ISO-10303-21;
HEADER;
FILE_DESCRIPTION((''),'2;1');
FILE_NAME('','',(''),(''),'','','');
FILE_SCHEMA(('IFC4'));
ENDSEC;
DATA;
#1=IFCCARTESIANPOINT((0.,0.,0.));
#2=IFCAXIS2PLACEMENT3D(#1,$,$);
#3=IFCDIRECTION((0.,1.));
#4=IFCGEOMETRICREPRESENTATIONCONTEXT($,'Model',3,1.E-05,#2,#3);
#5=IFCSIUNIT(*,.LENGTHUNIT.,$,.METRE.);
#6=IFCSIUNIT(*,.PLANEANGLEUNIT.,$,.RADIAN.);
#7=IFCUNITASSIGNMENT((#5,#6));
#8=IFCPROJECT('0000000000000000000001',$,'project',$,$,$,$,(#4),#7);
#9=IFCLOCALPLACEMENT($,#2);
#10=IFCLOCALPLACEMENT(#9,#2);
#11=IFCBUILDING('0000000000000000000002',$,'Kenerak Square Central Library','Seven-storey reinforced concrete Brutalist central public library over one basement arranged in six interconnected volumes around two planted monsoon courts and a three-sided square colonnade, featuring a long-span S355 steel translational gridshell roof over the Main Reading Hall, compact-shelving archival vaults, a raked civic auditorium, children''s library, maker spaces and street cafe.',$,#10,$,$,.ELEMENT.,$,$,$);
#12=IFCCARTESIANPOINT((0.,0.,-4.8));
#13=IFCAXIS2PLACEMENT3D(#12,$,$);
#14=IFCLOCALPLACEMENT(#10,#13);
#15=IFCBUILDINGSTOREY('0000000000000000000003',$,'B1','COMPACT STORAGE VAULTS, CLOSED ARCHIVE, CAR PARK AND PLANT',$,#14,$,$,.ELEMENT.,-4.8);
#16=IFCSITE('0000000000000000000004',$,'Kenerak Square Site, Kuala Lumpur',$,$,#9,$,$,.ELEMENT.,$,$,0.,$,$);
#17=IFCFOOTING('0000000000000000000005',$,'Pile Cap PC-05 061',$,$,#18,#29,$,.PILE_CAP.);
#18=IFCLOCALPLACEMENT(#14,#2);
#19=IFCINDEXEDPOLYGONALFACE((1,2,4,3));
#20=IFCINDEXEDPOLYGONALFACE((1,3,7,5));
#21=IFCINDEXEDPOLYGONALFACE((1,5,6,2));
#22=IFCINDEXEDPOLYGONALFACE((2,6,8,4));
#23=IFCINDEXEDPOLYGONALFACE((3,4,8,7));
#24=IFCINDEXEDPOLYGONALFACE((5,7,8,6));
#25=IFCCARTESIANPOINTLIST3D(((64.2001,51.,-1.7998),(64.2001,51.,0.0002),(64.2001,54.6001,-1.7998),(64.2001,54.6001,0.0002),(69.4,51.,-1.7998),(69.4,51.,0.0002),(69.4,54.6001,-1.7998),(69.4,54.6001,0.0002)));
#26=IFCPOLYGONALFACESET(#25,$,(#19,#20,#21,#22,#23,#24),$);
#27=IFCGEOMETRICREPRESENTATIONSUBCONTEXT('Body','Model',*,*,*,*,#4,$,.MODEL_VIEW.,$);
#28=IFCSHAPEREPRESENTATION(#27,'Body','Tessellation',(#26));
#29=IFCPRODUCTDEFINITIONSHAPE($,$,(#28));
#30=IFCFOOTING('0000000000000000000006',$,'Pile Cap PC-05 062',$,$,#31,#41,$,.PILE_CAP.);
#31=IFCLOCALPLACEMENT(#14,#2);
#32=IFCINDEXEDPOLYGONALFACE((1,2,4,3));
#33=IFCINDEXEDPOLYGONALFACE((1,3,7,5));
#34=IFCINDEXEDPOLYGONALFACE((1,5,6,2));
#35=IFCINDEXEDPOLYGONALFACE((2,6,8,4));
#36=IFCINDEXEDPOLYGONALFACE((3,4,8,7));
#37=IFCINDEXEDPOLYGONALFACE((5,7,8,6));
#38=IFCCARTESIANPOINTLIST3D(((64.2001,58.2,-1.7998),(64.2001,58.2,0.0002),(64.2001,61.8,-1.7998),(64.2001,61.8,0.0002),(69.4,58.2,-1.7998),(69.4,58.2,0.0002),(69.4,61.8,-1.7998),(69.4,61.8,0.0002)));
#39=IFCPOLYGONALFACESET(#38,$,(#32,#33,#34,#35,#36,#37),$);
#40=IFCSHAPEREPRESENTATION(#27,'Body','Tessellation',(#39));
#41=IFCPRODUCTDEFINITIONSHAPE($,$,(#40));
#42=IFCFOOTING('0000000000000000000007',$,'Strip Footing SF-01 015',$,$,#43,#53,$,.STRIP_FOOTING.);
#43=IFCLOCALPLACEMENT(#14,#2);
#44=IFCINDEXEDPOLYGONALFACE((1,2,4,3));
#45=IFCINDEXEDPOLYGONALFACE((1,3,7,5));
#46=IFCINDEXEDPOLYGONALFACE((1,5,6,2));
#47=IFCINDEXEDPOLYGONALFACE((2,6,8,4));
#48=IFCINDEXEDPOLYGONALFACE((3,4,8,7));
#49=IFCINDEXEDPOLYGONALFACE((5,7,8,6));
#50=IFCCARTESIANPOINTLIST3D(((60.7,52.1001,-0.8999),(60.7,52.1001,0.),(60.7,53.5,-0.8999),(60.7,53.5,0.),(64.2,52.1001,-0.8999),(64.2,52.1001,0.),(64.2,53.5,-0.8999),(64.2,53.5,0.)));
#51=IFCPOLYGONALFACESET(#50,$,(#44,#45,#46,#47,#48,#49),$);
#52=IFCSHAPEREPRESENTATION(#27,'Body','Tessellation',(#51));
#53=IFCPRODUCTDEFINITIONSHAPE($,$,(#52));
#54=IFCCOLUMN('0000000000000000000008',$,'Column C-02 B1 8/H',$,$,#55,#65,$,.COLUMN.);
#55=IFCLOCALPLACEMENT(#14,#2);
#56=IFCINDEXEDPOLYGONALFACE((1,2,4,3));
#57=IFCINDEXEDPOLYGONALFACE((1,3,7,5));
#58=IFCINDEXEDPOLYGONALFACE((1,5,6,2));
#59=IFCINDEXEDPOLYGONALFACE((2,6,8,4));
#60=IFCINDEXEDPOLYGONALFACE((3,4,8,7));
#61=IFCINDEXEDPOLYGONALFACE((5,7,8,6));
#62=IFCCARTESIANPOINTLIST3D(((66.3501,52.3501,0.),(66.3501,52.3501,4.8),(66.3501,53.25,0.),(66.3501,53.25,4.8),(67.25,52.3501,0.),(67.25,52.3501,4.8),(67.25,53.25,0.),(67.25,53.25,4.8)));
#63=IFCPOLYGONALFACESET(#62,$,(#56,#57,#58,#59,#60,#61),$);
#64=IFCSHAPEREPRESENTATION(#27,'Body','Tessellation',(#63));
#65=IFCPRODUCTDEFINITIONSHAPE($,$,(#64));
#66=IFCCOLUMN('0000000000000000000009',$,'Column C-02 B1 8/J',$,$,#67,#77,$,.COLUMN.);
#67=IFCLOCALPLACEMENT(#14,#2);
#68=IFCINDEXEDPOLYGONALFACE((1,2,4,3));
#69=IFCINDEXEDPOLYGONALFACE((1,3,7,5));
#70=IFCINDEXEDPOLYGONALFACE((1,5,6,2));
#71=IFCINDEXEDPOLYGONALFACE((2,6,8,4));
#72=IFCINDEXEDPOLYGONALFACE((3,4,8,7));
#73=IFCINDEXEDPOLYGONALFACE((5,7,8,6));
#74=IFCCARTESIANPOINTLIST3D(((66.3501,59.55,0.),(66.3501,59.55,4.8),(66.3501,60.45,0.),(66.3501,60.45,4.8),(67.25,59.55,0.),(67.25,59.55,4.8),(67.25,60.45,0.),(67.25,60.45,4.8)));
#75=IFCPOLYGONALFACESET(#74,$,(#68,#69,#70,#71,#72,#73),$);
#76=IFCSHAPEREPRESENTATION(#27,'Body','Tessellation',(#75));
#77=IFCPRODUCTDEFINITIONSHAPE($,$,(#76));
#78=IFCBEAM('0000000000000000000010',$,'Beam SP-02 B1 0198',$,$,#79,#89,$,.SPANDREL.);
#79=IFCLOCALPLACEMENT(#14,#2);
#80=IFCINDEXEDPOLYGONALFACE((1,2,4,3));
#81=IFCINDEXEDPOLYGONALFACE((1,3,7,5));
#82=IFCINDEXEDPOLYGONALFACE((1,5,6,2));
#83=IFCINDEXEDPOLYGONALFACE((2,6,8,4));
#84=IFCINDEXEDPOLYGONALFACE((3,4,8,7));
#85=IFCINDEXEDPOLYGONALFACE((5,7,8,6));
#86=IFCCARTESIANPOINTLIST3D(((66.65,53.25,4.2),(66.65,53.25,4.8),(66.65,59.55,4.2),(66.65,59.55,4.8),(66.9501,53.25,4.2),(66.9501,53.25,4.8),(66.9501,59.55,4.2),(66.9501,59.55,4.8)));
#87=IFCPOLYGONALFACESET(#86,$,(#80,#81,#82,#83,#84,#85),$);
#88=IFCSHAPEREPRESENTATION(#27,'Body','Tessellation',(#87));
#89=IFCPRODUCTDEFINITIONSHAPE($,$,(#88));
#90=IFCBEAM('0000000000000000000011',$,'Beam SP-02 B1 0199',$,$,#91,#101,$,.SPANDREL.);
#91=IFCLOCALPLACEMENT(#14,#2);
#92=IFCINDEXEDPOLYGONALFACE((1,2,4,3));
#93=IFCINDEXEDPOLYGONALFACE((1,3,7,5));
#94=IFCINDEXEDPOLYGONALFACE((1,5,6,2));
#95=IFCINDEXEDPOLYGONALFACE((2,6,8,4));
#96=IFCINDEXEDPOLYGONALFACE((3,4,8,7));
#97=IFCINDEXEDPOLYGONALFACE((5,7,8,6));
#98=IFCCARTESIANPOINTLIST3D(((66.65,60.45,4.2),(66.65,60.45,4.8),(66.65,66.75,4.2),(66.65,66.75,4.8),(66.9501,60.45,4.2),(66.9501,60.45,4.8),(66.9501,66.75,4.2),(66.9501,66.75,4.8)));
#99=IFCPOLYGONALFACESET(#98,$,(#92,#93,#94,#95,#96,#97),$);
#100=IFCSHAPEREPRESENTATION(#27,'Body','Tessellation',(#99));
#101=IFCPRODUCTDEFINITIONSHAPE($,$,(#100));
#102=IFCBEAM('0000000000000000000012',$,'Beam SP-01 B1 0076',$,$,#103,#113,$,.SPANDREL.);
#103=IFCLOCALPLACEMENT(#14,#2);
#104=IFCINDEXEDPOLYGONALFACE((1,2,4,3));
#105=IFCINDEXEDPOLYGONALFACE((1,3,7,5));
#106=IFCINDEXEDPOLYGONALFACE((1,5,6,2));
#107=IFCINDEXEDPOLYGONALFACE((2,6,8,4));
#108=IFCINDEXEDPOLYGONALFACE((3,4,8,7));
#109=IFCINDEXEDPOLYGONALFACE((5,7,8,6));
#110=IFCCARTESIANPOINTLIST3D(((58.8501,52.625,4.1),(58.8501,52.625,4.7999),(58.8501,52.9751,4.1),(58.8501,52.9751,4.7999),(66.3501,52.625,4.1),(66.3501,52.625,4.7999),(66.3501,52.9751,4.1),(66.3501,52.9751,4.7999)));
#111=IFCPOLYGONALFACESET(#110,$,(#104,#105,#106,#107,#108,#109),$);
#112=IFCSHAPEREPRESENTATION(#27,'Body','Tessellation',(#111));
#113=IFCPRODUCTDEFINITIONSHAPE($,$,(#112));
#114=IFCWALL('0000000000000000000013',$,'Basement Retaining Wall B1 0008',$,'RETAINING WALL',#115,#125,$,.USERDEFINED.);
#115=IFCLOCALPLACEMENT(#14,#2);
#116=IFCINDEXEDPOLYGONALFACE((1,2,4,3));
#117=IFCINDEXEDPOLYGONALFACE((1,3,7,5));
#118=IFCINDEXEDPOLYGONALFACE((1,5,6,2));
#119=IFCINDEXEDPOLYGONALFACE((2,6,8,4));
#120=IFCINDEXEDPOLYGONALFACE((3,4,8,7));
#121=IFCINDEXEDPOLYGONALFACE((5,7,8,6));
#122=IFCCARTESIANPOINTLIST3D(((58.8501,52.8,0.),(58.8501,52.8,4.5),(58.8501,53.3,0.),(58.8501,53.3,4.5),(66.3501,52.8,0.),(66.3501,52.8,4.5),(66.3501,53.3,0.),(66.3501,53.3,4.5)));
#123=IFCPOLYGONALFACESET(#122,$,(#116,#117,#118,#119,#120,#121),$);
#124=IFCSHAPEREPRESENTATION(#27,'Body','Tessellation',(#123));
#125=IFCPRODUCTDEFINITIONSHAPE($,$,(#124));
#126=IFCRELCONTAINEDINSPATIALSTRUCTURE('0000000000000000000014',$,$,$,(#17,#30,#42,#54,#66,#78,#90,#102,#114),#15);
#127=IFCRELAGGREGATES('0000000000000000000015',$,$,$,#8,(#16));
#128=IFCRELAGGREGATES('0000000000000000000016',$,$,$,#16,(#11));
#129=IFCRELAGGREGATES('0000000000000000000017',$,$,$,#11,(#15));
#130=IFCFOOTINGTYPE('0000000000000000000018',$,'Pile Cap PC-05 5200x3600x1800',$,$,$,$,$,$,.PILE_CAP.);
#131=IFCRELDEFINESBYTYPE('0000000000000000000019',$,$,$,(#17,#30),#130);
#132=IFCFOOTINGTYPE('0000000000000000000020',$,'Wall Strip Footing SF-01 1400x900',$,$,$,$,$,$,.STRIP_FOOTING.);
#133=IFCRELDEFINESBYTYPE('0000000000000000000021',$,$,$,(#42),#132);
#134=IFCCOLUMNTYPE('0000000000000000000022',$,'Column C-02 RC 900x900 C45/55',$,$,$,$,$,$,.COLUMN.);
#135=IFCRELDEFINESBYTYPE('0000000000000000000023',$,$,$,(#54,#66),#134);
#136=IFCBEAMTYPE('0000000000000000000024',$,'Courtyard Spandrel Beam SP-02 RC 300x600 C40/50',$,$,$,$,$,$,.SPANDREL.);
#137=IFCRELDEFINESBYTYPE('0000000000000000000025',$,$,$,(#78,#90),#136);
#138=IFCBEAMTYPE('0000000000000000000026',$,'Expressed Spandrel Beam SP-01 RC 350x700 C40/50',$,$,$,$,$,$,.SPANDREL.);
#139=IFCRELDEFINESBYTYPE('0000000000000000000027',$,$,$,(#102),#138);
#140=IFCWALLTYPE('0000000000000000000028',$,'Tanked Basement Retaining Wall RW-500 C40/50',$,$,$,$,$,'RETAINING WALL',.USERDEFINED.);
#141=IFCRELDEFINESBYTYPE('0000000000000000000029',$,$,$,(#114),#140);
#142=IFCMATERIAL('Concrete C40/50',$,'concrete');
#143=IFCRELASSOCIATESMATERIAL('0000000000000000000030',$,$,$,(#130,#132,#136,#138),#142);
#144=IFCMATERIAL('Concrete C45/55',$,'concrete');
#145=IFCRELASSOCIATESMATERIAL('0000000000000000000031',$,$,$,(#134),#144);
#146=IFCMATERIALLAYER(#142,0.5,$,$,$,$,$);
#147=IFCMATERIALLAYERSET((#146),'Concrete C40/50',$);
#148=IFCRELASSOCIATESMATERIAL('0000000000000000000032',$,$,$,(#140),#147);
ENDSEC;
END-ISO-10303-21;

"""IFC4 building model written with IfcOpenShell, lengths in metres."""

from ifc_helpers import new_model, si_unit, direction, frame, frame_2d, origin, origin_2d, place, context, subcontext, project, spatial, rectangle, extrude, material, layer, layer_set, material_profile, profile_set, type_object, element, save


model = new_model("IFC4")

# Units and contexts
model_context = context("Model", 3, precision=1e-05, world=origin(), true_north=direction((0.0, 1.0)))
body_context = subcontext(model_context, "Body", "Model", "MODEL_VIEW")
ifc_project = project(units=[si_unit("LENGTHUNIT", "METRE"), si_unit("PLANEANGLEUNIT", "RADIAN")], contexts=[model_context])

# Site, building, storey
site_placement = place(None, origin())
site = spatial("IfcSite", under=ifc_project, at=site_placement, Name="Kenerak Square Site, Kuala Lumpur", CompositionType="ELEMENT", RefElevation=0.0)
building_placement = place(site_placement, origin())
building = spatial("IfcBuilding", under=site, at=building_placement, Name="Kenerak Square Central Library", Description="Seven-storey reinforced concrete Brutalist central public library over one basement arranged in six interconnected volumes around two planted monsoon courts and a three-sided square colonnade, featuring a long-span S355 steel translational gridshell roof over the Main Reading Hall, compact-shelving archival vaults, a raked civic auditorium, children's library, maker spaces and street cafe.", CompositionType="ELEMENT")
storey_placement = place(building_placement, frame((0.0, 0.0, -4.8)))
storey = spatial("IfcBuildingStorey", under=building, at=storey_placement, Name="B1", Description="COMPACT STORAGE VAULTS, CLOSED ARCHIVE, CAR PARK AND PLANT", CompositionType="ELEMENT", Elevation=-4.8)

# Shared definitions
ifc_material_1 = material(Name="Concrete C40/50", Category="concrete")

# Footings
footing_type_1 = type_object("IfcFootingType", Name="Pile Cap PC-05 5200x3600x1800", PredefinedType="PILE_CAP", material=ifc_material_1)
for number, where, z_axis, x_axis, name in (
    (1, (66.8, 52.8, -1.7998), (0.0, 0.0, 1.0), (1.0, 0.0, 0.0), "Pile Cap PC-05 061"),
    (2, (66.8, 60.0, -1.7998), (0.0, 0.0, 1.0), (1.0, 0.0, 0.0), "Pile Cap PC-05 062"),
):
    element("IfcFooting", number, at=place(storey_placement, frame(where, z_axis=z_axis, x_axis=x_axis)), inside=storey, type_object=footing_type_1, Name=name, PredefinedType="PILE_CAP", context=body_context, shape_type="SweptSolid", body=[
        extrude(rectangle(XDim=5.2, YDim=3.6001, at=origin_2d()), origin(), (0.0, 0.0, 1.0), 1.8),
    ])
footing_type_2 = type_object("IfcFootingType", Name="Wall Strip Footing SF-01 1400x900", PredefinedType="STRIP_FOOTING", material=ifc_material_1)
footing_1_placement = place(storey_placement, frame((62.45, 52.8, -0.8999), z_axis=(0.0, 0.0, 1.0), x_axis=(1.0, 0.0, 0.0)))
element("IfcFooting", 3, at=footing_1_placement, inside=storey, type_object=footing_type_2, Name="Strip Footing SF-01 015", PredefinedType="STRIP_FOOTING", context=body_context, shape_type="SweptSolid", body=[
    extrude(rectangle(XDim=3.5, YDim=1.3999, at=origin_2d()), origin(), (0.0, 0.0, 1.0), 0.8999),
])

# Columns
ifc_material_2 = material(Name="Concrete C45/55", Category="concrete")
ifc_material_profile_1 = material_profile(ifc_material_2, rectangle(XDim=0.8999, YDim=0.8999, at=origin_2d()), Name="RC 900x900")
ifc_profile_set_1 = profile_set([ifc_material_profile_1], Name="Concrete C45/55")
column_type = type_object("IfcColumnType", Name="Column C-02 RC 900x900 C45/55", PredefinedType="COLUMN", material=ifc_profile_set_1)
for number, where, z_axis, x_axis, name in (
    (4, (66.8, 52.8, 0.0), (0.0, 0.0, 1.0), (1.0, 0.0, 0.0), "Column C-02 B1 8/H"),
    (5, (66.8, 60.0, 0.0), (0.0, 0.0, 1.0), (1.0, 0.0, 0.0), "Column C-02 B1 8/J"),
):
    element("IfcColumn", number, at=place(storey_placement, frame(where, z_axis=z_axis, x_axis=x_axis)), inside=storey, type_object=column_type, Name=name, PredefinedType="COLUMN", context=body_context, shape_type="SweptSolid", body=[
        extrude(rectangle(XDim=0.8999, YDim=0.8999, at=origin_2d()), origin(), (0.0, 0.0, 1.0), 4.8),
    ])

# Beams
ifc_material_profile_2 = material_profile(ifc_material_1, rectangle(XDim=0.3, YDim=0.6001, at=origin_2d()), Name="RC 300x600")
ifc_profile_set_2 = profile_set([ifc_material_profile_2], Name="Concrete C40/50")
beam_type_1 = type_object("IfcBeamType", Name="Courtyard Spandrel Beam SP-02 RC 300x600 C40/50", PredefinedType="SPANDREL", material=ifc_profile_set_2)
for number, where, z_axis, x_axis, name in (
    (6, (66.8, 53.25, 4.5), (0.0, 1.0, 0.0), (-1.0, 0.0, 0.0), "Beam SP-02 B1 0198"),
    (7, (66.8, 60.45, 4.5), (0.0, 1.0, 0.0), (-1.0, 0.0, 0.0), "Beam SP-02 B1 0199"),
):
    element("IfcBeam", number, at=place(storey_placement, frame(where, z_axis=z_axis, x_axis=x_axis)), inside=storey, type_object=beam_type_1, Name=name, PredefinedType="SPANDREL", context=body_context, shape_type="SweptSolid", body=[
        extrude(rectangle(XDim=0.3, YDim=0.6001, at=origin_2d()), origin(), (0.0, 0.0, 1.0), 6.3),
    ])
ifc_material_profile_3 = material_profile(ifc_material_1, rectangle(XDim=0.3501, YDim=0.7, at=origin_2d()), Name="RC 350x700")
ifc_profile_set_3 = profile_set([ifc_material_profile_3], Name="Concrete C40/50")
beam_type_2 = type_object("IfcBeamType", Name="Expressed Spandrel Beam SP-01 RC 350x700 C40/50", PredefinedType="SPANDREL", material=ifc_profile_set_3)
beam_placement = place(storey_placement, frame((58.8501, 52.8, 4.45), z_axis=(1.0, 0.0, 0.0), x_axis=(0.0, 1.0, 0.0)))
element("IfcBeam", 8, at=beam_placement, inside=storey, type_object=beam_type_2, Name="Beam SP-01 B1 0076", PredefinedType="SPANDREL", context=body_context, shape_type="SweptSolid", body=[
    extrude(rectangle(XDim=0.3501, YDim=0.7, at=origin_2d()), origin(), (0.0, 0.0, 1.0), 7.5),
])

# Wall
ifc_layer = layer(ifc_material_1, 0.5)
ifc_layer_set = layer_set([ifc_layer], Name="Concrete C40/50")
wall_type = type_object("IfcWallType", Name="Tanked Basement Retaining Wall RW-500 C40/50", ElementType="RETAINING WALL", PredefinedType="USERDEFINED", material=ifc_layer_set)
wall_placement = place(storey_placement, frame((66.3501, 53.05, 0.0), z_axis=(0.0, 0.0, 1.0), x_axis=(-1.0, 0.0, 0.0)))
element("IfcWall", 9, at=wall_placement, inside=storey, type_object=wall_type, Name="Basement Retaining Wall B1 0008", ObjectType="RETAINING WALL", PredefinedType="USERDEFINED", context=body_context, shape_type="SweptSolid", body=[
    extrude(rectangle(XDim=7.5, YDim=0.5, at=frame_2d((3.75, 0.0))), origin(), (0.0, 0.0, 1.0), 4.5),
])

save(model, "model.ifc")
